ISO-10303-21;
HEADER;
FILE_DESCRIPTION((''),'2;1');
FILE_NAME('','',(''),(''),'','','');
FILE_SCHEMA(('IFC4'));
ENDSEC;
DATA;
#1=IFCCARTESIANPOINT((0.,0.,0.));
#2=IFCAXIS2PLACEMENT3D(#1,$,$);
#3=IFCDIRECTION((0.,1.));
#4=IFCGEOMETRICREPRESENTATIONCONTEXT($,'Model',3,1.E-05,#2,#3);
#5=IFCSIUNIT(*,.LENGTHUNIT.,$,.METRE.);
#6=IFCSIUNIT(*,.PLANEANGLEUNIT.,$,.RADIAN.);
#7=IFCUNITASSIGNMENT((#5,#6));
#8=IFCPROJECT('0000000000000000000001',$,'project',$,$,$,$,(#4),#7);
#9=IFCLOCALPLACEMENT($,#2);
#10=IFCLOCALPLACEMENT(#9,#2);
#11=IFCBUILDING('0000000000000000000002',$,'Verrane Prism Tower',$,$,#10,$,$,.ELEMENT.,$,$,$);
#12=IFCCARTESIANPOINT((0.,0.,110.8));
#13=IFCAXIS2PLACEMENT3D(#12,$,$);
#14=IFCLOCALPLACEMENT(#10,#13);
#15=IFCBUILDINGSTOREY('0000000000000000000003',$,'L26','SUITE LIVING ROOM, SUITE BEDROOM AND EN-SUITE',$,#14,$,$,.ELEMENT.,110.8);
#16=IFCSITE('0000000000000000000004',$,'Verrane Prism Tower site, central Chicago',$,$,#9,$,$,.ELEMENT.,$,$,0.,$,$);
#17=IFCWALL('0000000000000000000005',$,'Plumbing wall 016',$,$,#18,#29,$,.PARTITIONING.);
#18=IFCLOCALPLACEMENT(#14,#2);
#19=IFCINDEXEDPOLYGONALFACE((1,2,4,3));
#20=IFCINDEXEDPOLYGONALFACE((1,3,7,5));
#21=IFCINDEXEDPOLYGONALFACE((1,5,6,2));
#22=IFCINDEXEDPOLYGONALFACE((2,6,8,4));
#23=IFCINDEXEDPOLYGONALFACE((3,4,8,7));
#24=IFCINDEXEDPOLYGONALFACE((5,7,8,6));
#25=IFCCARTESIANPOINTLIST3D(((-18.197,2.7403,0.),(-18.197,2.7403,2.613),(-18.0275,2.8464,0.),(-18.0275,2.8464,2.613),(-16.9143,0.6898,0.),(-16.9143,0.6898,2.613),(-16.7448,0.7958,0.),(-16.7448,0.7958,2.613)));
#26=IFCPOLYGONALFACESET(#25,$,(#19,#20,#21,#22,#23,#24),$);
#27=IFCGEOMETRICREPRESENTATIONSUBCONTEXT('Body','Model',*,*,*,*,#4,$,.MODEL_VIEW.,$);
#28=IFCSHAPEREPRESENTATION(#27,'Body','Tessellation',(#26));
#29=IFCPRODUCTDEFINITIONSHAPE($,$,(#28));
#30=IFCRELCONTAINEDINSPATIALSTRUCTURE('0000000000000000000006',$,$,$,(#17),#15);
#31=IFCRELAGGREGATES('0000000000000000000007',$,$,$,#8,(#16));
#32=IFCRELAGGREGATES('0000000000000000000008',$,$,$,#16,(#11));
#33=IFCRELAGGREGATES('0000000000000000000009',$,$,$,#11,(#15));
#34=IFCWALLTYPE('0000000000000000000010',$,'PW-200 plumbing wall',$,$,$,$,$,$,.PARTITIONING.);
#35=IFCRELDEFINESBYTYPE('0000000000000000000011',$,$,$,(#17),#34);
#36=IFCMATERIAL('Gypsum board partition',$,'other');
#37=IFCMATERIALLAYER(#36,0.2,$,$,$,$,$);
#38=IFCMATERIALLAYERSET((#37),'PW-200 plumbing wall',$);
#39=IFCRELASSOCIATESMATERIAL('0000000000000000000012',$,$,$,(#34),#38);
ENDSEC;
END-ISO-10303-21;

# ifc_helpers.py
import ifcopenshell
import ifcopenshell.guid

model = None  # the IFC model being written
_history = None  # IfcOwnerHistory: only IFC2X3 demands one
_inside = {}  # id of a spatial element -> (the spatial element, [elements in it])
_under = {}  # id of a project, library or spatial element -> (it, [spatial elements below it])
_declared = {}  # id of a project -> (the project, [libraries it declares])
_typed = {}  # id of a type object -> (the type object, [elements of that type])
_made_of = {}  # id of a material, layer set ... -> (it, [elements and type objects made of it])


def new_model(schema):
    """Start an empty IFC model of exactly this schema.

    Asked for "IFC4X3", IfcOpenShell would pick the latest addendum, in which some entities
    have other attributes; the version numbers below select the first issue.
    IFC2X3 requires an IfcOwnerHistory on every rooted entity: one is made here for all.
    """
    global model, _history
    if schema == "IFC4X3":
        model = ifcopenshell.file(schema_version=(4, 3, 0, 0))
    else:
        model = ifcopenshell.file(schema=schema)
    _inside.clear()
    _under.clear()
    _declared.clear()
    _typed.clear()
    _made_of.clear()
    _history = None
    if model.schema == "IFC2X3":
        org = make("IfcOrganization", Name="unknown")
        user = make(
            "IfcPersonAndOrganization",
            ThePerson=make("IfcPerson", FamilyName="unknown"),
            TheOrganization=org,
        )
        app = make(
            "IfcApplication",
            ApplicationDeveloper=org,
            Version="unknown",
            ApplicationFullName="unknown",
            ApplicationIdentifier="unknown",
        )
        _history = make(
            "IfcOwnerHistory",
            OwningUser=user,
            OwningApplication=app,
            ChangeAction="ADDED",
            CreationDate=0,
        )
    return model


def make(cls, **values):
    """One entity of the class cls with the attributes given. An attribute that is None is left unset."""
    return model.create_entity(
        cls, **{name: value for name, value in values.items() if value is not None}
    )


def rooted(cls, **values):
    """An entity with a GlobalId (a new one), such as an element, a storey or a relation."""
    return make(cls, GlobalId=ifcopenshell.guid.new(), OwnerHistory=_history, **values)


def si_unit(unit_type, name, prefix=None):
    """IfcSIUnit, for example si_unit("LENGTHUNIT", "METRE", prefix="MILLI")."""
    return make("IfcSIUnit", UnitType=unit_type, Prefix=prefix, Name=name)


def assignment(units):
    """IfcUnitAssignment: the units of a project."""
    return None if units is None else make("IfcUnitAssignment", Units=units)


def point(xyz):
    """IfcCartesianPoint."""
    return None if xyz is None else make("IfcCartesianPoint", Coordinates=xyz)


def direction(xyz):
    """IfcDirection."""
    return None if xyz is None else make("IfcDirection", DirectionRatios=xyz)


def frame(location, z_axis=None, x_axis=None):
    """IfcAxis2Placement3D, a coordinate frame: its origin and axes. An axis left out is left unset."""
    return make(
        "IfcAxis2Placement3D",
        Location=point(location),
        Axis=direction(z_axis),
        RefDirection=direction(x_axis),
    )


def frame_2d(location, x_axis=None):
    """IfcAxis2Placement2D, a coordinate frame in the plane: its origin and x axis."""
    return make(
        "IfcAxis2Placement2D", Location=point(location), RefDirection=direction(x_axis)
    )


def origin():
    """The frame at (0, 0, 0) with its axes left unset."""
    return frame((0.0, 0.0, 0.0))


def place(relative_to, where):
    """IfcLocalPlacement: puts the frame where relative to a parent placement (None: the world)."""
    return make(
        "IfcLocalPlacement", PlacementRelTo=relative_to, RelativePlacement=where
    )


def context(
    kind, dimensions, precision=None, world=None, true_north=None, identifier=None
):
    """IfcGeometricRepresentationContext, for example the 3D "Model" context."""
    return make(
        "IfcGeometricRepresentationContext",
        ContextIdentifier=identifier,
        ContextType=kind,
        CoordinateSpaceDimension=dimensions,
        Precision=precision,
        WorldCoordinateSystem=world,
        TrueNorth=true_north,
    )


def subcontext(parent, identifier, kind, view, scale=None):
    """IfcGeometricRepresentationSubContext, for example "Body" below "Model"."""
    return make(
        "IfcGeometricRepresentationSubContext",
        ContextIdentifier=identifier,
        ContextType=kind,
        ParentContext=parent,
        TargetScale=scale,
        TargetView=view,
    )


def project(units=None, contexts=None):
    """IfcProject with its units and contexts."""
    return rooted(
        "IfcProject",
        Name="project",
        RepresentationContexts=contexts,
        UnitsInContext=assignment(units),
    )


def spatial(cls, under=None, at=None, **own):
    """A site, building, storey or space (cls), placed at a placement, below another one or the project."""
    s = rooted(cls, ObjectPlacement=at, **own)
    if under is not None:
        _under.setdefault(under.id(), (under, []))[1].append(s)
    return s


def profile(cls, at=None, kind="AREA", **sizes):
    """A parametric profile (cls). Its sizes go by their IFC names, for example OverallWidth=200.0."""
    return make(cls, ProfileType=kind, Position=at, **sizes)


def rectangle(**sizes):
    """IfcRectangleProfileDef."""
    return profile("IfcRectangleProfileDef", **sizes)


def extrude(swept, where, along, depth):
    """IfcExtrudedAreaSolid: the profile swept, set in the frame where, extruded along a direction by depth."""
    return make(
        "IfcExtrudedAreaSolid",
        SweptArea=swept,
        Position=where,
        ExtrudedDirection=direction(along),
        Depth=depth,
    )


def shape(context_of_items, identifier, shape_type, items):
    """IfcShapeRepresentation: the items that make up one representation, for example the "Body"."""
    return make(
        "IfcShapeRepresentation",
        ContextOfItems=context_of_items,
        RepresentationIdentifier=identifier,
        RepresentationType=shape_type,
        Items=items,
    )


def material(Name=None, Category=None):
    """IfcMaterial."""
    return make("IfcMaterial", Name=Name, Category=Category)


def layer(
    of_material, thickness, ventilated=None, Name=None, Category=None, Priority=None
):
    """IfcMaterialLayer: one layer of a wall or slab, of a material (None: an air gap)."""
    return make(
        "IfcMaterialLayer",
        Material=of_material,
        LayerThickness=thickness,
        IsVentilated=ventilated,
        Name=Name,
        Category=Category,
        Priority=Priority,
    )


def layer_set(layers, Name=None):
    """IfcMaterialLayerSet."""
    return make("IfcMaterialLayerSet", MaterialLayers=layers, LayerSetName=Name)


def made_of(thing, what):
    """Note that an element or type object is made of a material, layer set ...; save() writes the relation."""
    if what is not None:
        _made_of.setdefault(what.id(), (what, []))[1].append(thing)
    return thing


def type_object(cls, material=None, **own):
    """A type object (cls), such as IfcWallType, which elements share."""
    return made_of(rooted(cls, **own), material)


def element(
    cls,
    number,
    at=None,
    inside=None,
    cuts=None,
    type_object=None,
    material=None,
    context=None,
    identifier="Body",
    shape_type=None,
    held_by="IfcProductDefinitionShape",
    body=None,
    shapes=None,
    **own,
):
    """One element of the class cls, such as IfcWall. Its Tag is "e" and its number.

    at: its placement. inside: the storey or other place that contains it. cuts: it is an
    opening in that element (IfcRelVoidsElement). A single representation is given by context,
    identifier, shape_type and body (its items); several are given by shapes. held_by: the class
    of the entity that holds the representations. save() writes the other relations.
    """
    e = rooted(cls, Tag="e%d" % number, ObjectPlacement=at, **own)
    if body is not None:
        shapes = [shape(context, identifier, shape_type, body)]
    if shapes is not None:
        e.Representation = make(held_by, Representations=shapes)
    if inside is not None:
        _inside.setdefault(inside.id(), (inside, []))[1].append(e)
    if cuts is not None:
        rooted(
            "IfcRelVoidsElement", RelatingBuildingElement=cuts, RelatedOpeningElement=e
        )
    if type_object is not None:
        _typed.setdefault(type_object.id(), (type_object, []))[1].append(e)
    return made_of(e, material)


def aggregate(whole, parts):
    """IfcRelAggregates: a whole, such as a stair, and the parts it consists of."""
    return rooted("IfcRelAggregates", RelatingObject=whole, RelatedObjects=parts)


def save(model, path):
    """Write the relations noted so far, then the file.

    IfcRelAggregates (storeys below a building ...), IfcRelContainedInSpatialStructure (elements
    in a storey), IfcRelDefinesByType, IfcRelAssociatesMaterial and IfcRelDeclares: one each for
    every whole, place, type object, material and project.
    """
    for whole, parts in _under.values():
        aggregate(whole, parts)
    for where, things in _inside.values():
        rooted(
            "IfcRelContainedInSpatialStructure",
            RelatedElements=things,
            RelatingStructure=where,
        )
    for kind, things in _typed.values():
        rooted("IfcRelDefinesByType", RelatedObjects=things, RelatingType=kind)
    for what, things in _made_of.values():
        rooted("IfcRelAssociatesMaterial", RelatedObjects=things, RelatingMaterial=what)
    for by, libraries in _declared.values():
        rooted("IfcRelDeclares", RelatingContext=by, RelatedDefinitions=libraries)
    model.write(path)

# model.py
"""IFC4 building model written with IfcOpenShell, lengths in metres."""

from ifc_helpers import new_model, si_unit, direction, frame, frame_2d, origin, place, context, subcontext, project, spatial, rectangle, extrude, material, layer, layer_set, type_object, element, save


model = new_model("IFC4")

# Units and contexts
model_context = context("Model", 3, precision=1e-05, world=origin(), true_north=direction((0.0, 1.0)))
body_context = subcontext(model_context, "Body", "Model", "MODEL_VIEW")
ifc_project = project(units=[si_unit("LENGTHUNIT", "METRE"), si_unit("PLANEANGLEUNIT", "RADIAN")], contexts=[model_context])

# Site, building, storey
site_placement = place(None, origin())
site = spatial("IfcSite", under=ifc_project, at=site_placement, Name="Verrane Prism Tower site, central Chicago", CompositionType="ELEMENT", RefElevation=0.0)
building_placement = place(site_placement, origin())
building = spatial("IfcBuilding", under=site, at=building_placement, Name="Verrane Prism Tower", CompositionType="ELEMENT")
storey_placement = place(building_placement, frame((0.0, 0.0, 110.8)))
storey = spatial("IfcBuildingStorey", under=building, at=storey_placement, Name="L26", Description="SUITE LIVING ROOM, SUITE BEDROOM AND EN-SUITE", CompositionType="ELEMENT", Elevation=110.8)

# Shared definitions
ifc_material_1 = material(Name="Gypsum board partition", Category="other")
ifc_layer_1 = layer(ifc_material_1, 0.2)
ifc_layer_set_1 = layer_set([ifc_layer_1], Name="PW-200 plumbing wall")
wall_type_1 = type_object("IfcWallType", Name="PW-200 plumbing wall", PredefinedType="PARTITIONING", material=ifc_layer_set_1)

# Wall
wall_1_placement = place(storey_placement, frame((-18.1123, 2.7935, 0.0), z_axis=(0.0, 0.0, 1.0), x_axis=(0.530335, -0.847788, 0.0)))
element("IfcWall", 1, at=wall_1_placement, inside=storey, type_object=wall_type_1, Name="Plumbing wall 016", PredefinedType="PARTITIONING", context=body_context, shape_type="SweptSolid", body=[
    extrude(rectangle(XDim=2.4187, YDim=0.2, at=frame_2d((1.2095, 0.0))), origin(), (0.0, 0.0, 1.0), 2.613),
])

save(model, "model.ifc")
